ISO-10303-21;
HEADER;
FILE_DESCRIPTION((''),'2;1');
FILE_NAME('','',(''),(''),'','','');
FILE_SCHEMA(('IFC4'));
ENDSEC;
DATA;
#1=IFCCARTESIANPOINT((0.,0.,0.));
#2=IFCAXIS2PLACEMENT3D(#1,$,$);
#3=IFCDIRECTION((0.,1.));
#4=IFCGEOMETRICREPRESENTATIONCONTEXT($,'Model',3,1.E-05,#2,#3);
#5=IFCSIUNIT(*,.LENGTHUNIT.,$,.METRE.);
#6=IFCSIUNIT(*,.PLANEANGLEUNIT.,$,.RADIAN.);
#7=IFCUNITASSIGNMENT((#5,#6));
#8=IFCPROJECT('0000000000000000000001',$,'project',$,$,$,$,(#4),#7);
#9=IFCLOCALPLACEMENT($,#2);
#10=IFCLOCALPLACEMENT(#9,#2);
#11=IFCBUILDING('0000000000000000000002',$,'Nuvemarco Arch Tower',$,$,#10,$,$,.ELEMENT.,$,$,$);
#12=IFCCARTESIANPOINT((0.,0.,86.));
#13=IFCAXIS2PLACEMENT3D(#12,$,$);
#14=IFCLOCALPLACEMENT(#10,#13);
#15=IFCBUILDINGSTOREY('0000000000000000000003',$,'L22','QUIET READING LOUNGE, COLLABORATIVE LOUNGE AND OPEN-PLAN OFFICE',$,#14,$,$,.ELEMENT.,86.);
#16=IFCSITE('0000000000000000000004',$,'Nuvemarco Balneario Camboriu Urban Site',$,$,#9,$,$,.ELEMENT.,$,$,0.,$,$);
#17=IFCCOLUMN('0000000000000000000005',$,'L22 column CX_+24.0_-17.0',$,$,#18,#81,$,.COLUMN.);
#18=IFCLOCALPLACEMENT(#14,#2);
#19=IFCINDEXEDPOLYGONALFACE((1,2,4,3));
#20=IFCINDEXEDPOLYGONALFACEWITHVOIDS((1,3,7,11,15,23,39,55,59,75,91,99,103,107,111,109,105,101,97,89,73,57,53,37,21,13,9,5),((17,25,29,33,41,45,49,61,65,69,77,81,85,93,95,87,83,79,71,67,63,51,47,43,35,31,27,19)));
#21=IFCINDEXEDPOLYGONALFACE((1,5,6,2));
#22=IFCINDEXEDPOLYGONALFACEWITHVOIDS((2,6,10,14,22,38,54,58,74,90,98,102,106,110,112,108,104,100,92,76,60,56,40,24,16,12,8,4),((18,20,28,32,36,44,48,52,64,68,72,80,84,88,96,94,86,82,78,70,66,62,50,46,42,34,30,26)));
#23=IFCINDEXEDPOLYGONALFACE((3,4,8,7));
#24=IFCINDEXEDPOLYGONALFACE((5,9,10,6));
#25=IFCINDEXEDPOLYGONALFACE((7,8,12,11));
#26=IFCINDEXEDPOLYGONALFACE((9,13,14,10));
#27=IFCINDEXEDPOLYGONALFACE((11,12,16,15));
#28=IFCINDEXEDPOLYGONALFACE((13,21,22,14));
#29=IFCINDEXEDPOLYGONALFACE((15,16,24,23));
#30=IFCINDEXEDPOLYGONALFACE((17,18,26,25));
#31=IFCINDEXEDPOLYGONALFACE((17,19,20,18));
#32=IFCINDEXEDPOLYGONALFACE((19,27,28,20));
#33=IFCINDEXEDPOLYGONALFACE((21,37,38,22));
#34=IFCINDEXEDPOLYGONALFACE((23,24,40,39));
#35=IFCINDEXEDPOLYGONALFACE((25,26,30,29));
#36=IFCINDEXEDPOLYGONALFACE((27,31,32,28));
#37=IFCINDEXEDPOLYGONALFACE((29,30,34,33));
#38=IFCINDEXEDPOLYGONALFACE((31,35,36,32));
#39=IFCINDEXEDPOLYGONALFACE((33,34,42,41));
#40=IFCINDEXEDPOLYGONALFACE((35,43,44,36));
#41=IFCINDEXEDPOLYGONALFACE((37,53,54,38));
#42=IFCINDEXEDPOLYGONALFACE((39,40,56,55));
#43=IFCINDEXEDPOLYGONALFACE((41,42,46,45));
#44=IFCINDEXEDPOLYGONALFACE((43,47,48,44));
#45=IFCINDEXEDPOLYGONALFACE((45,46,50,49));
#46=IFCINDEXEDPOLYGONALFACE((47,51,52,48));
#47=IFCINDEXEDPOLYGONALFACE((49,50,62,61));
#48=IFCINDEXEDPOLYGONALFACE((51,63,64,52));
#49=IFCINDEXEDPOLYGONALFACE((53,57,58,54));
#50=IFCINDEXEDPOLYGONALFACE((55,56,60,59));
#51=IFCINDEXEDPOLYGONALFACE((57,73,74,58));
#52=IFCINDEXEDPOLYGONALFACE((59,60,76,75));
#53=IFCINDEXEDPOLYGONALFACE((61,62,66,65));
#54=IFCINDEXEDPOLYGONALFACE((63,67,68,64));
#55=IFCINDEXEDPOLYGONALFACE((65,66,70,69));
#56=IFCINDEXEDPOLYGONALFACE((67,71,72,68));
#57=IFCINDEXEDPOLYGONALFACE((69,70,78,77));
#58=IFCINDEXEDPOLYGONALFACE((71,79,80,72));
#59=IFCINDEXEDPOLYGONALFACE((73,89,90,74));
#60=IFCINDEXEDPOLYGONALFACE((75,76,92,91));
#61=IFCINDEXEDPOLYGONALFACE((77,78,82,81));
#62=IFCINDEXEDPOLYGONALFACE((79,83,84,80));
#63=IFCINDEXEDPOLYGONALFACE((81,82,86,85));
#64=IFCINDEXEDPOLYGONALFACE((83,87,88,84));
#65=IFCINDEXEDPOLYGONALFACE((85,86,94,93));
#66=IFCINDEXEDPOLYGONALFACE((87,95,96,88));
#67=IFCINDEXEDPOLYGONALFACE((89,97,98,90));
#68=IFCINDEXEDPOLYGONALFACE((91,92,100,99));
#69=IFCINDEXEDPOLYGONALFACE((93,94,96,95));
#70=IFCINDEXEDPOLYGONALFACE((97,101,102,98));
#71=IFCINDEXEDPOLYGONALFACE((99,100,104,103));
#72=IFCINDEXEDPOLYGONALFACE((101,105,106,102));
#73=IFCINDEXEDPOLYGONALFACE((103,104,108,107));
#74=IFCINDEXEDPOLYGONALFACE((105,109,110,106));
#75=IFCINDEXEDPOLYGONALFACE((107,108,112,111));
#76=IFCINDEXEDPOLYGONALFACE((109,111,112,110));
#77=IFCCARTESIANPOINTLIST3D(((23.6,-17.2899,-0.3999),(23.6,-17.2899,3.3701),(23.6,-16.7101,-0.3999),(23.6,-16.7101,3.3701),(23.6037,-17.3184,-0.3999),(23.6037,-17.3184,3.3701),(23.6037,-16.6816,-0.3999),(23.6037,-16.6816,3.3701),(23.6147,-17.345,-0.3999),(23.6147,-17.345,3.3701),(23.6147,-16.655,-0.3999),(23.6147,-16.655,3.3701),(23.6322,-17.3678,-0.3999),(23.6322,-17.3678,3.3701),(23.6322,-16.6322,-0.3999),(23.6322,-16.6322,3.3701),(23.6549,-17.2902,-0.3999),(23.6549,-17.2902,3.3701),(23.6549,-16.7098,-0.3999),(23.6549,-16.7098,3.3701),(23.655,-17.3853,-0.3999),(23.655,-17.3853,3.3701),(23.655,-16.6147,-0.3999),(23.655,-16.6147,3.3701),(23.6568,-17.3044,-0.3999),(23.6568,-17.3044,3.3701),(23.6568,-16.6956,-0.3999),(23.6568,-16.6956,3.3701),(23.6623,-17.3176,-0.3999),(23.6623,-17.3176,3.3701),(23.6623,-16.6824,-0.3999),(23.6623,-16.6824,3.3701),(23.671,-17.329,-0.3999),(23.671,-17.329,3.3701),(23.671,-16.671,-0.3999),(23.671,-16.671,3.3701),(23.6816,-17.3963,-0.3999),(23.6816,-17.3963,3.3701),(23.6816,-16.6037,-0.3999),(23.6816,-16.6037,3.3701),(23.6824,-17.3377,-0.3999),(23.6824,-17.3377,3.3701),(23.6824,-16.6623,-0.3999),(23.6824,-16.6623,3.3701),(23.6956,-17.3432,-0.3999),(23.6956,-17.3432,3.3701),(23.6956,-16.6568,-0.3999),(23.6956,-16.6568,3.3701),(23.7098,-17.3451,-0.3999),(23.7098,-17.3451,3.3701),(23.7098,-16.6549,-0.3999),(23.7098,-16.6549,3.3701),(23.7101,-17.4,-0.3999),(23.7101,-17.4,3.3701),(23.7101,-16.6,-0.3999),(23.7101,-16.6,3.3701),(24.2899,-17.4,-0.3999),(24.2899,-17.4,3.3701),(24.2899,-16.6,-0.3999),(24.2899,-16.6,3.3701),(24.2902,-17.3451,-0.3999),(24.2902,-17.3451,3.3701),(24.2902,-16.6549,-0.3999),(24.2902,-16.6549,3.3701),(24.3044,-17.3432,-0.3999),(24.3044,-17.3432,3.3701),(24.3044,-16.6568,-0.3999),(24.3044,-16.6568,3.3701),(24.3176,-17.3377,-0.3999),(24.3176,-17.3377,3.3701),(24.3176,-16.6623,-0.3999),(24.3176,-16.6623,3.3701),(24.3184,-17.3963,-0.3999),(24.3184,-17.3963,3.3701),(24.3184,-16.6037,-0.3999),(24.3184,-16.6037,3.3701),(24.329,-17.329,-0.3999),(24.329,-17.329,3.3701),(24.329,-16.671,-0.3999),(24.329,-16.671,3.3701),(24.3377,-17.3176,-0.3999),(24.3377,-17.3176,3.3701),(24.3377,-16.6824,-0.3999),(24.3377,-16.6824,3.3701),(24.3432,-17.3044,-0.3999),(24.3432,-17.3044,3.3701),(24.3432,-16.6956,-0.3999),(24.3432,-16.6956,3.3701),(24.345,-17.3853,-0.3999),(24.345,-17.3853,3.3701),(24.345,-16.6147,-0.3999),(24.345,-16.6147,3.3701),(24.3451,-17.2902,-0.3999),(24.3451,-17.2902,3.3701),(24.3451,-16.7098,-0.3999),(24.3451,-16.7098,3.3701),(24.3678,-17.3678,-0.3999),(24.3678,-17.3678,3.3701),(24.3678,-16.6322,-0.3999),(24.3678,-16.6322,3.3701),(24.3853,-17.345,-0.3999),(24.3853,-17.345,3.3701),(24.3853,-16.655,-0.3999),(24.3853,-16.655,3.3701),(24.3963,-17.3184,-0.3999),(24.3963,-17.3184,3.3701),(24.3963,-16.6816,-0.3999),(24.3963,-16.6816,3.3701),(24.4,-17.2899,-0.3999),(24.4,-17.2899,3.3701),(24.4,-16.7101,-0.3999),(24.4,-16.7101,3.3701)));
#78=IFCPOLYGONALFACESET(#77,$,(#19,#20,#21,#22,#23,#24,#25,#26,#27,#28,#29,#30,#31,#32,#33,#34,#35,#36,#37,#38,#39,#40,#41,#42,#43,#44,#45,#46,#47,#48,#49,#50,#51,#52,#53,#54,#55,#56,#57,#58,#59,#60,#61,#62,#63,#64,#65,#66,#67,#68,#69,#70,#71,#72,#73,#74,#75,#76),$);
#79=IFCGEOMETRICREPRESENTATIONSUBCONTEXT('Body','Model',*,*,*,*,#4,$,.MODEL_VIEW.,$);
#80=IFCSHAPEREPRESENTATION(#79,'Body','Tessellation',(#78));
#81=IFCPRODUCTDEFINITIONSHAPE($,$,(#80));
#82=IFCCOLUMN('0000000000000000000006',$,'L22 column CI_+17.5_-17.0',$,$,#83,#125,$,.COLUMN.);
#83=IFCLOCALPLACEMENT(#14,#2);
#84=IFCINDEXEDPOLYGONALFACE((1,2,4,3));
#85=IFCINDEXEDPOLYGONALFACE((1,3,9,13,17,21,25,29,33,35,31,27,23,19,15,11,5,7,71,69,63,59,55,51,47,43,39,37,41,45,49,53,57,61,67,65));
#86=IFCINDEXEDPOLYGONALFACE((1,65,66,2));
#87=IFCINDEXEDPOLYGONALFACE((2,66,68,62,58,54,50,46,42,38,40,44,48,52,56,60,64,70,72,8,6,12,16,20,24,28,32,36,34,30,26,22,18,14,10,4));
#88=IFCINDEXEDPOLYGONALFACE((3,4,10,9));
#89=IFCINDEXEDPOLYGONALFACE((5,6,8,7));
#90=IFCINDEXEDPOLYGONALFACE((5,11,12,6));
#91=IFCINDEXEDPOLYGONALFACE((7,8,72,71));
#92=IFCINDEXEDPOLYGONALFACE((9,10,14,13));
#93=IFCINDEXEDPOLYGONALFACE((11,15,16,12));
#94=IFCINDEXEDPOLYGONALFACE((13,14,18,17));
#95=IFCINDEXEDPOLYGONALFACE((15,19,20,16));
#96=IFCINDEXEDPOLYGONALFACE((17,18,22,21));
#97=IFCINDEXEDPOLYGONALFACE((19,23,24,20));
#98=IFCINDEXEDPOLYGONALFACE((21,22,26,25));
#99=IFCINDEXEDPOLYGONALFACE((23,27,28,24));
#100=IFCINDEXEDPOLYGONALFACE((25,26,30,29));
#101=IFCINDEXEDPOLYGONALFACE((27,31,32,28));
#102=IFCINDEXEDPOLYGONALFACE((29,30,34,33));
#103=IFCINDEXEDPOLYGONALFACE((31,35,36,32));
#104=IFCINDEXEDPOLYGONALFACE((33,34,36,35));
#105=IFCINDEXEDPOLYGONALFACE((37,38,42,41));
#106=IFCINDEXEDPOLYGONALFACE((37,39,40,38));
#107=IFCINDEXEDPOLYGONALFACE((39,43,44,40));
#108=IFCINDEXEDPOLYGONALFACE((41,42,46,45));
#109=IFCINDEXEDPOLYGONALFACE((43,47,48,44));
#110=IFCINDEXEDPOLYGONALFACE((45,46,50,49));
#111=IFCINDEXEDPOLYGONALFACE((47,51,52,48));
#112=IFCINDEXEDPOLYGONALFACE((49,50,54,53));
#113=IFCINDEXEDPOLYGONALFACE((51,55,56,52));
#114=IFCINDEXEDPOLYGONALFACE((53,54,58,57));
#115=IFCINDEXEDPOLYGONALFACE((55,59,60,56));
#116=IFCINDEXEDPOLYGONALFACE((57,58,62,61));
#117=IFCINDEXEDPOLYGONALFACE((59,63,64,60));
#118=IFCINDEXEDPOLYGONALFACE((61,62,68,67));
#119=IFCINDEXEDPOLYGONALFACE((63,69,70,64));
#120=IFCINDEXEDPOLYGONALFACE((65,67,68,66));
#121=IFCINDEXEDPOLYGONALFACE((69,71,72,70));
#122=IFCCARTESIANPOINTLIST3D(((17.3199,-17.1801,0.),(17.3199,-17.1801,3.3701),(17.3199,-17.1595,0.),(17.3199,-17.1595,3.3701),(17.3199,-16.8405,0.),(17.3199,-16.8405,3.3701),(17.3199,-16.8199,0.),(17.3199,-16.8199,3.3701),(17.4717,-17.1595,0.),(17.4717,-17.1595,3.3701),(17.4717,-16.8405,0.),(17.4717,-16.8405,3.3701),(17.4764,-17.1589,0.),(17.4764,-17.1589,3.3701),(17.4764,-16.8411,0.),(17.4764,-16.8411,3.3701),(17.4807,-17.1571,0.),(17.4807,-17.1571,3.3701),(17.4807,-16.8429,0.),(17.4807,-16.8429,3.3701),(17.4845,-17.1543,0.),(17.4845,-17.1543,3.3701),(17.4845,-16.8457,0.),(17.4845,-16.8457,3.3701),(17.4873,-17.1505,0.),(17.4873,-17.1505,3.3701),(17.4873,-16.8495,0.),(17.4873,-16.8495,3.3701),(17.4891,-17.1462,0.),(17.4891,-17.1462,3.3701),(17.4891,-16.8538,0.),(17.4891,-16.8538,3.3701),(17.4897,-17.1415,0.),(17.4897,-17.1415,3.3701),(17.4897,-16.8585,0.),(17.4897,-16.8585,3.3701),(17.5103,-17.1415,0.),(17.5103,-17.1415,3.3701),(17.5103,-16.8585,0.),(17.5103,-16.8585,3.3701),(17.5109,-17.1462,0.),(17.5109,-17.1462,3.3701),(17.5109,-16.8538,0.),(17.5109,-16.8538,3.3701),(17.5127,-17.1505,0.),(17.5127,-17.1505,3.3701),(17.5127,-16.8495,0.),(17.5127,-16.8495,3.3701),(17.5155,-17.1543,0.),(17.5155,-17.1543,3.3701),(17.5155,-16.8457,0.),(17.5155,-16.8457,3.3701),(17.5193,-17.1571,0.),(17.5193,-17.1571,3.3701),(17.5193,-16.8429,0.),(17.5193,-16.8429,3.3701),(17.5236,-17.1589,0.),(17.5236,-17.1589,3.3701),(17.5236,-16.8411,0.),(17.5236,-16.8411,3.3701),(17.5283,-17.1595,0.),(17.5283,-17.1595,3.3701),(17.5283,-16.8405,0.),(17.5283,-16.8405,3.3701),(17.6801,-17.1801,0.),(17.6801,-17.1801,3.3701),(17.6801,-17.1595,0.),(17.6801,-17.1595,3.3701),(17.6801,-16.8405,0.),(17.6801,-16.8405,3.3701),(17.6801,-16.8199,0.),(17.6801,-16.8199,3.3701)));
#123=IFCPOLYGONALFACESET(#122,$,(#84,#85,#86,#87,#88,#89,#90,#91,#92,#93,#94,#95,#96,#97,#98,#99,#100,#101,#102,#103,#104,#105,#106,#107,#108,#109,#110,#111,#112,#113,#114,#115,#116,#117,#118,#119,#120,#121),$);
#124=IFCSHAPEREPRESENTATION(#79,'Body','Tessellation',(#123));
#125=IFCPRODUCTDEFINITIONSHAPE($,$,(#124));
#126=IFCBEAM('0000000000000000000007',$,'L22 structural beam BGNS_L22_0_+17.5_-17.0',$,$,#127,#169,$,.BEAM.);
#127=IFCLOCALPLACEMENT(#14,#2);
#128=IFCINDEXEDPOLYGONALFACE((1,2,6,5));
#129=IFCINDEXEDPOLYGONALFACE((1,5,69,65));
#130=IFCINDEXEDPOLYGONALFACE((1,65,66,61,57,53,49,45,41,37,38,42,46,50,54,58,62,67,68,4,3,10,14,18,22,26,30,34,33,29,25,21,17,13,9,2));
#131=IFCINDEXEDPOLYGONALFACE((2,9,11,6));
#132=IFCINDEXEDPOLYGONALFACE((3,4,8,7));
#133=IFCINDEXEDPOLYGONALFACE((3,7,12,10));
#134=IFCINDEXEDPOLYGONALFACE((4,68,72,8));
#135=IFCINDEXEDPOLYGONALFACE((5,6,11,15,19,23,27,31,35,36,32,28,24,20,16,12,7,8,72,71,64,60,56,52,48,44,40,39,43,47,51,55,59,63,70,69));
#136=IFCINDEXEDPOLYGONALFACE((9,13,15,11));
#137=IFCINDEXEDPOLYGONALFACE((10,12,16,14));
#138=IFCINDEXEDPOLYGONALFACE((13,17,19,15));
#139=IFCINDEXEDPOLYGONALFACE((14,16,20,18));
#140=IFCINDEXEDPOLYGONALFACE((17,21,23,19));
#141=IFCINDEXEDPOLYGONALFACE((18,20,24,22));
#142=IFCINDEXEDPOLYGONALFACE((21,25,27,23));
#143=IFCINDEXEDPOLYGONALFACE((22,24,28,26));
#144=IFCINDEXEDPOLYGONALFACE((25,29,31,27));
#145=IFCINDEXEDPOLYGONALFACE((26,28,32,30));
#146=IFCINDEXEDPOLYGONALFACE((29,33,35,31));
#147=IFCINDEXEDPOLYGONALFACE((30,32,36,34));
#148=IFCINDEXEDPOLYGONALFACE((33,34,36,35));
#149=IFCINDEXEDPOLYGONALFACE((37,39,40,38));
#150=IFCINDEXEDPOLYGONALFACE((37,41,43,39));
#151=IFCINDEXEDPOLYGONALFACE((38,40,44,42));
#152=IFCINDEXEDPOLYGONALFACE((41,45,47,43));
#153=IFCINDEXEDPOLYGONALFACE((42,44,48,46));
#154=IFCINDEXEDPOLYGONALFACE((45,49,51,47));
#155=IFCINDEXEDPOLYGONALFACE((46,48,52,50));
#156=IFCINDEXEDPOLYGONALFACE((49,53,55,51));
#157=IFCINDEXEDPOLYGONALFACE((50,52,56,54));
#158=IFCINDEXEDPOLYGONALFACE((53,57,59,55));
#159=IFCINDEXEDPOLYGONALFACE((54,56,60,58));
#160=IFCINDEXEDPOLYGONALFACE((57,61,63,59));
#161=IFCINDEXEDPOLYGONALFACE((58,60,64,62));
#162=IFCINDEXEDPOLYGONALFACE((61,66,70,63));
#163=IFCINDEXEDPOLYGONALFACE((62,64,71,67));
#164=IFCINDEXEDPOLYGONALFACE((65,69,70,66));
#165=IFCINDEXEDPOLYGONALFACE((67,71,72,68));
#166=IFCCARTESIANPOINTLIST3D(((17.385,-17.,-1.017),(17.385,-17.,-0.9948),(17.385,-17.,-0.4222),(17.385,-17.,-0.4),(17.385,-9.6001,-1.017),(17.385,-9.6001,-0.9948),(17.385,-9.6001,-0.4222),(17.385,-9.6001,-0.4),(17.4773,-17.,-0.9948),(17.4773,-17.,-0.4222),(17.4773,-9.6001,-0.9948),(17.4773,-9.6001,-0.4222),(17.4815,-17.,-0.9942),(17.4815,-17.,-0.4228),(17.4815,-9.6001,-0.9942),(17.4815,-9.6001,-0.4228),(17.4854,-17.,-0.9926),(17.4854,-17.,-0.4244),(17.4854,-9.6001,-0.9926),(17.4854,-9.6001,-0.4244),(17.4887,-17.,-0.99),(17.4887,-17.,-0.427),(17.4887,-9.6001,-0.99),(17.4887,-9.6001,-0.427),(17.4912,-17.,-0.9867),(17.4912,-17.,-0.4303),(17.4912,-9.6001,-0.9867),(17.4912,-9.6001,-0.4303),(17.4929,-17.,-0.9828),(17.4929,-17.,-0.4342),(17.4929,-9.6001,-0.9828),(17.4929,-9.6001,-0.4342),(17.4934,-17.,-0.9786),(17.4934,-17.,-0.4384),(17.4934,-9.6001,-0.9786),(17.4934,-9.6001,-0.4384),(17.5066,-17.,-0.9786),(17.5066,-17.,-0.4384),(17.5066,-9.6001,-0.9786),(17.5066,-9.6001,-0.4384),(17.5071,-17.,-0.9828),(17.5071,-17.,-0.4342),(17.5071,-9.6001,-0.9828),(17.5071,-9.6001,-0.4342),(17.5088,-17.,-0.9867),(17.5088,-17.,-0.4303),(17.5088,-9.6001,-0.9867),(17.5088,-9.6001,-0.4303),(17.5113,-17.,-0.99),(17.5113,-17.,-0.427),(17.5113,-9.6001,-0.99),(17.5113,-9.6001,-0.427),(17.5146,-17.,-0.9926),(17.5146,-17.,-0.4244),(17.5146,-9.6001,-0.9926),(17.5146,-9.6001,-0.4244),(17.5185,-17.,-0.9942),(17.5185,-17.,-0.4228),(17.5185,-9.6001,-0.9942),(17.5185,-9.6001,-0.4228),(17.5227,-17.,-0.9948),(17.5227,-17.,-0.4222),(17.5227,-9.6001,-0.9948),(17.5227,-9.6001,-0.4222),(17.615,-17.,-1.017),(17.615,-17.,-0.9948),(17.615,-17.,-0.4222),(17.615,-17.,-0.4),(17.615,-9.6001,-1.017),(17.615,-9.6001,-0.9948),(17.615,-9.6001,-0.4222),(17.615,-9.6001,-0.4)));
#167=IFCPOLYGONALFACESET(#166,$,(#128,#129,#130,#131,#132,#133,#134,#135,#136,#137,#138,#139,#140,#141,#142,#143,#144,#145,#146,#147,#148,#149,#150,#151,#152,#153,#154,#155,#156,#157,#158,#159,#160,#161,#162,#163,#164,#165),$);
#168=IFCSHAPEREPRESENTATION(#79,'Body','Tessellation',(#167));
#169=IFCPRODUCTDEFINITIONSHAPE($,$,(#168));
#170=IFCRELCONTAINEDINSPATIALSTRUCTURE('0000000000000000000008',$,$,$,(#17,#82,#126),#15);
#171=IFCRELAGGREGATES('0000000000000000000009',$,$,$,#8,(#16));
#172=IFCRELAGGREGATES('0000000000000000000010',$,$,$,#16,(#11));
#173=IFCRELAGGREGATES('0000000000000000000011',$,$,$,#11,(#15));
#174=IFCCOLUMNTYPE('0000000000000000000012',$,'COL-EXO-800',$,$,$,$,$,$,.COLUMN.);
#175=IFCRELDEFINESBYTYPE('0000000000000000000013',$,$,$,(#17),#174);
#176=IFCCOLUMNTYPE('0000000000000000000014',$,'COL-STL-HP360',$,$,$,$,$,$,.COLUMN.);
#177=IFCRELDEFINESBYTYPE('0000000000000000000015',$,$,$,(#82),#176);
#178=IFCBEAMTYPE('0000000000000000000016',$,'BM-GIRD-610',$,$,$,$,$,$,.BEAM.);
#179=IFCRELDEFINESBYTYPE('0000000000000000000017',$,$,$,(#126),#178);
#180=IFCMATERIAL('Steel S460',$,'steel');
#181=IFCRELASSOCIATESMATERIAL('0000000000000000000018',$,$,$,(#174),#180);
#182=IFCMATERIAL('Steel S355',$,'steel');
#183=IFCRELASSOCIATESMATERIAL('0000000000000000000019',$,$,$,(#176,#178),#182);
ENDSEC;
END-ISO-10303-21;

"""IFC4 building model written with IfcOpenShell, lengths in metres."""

from ifc_helpers import new_model, si_unit, direction, frame, origin, origin_2d, place, context, subcontext, project, spatial, hollow_rectangle, i_section, extrude, material, material_profile, profile_set, type_object, element, save


model = new_model("IFC4")

# Units and contexts
model_context = context("Model", 3, precision=1e-05, world=origin(), true_north=direction((0.0, 1.0)))
body_context = subcontext(model_context, "Body", "Model", "MODEL_VIEW")
ifc_project = project(units=[si_unit("LENGTHUNIT", "METRE"), si_unit("PLANEANGLEUNIT", "RADIAN")], contexts=[model_context])

# Site, building, storey
site_placement = place(None, origin())
site = spatial("IfcSite", under=ifc_project, at=site_placement, Name="Nuvemarco Balneario Camboriu Urban Site", CompositionType="ELEMENT", RefElevation=0.0)
building_placement = place(site_placement, origin())
building = spatial("IfcBuilding", under=site, at=building_placement, Name="Nuvemarco Arch Tower", CompositionType="ELEMENT")
storey_placement = place(building_placement, frame((0.0, 0.0, 86.0)))
storey = spatial("IfcBuildingStorey", under=building, at=storey_placement, Name="L22", Description="QUIET READING LOUNGE, COLLABORATIVE LOUNGE AND OPEN-PLAN OFFICE", CompositionType="ELEMENT", Elevation=86.0)

# Columns
ifc_material_1 = material(Name="Steel S460", Category="steel")
ifc_material_profile_1 = material_profile(ifc_material_1, hollow_rectangle(XDim=0.8, YDim=0.8, WallThickness=0.0549, InnerFilletRadius=0.0549, OuterFilletRadius=0.1101, at=origin_2d()), Name="SHS800x800x55")
ifc_profile_set_1 = profile_set([ifc_material_profile_1], Name="Steel S460")
column_type_1 = type_object("IfcColumnType", Name="COL-EXO-800", PredefinedType="COLUMN", material=ifc_profile_set_1)
column_1_placement = place(storey_placement, frame((24.0, -17.0, -0.3999), z_axis=(0.0, 0.0, 1.0), x_axis=(1.0, 0.0, 0.0)))
element("IfcColumn", 1, at=column_1_placement, inside=storey, type_object=column_type_1, Name="L22 column CX_+24.0_-17.0", PredefinedType="COLUMN", context=body_context, shape_type="SweptSolid", body=[
    extrude(hollow_rectangle(XDim=0.8, YDim=0.8, WallThickness=0.0549, InnerFilletRadius=0.0549, OuterFilletRadius=0.1101, at=origin_2d()), origin(), (0.0, 0.0, 1.0), 3.77),
])
ifc_material_2 = material(Name="Steel S355", Category="steel")
ifc_material_profile_2 = material_profile(ifc_material_2, i_section(OverallWidth=0.3601, OverallDepth=0.3601, WebThickness=0.0205, FlangeThickness=0.0205, FilletRadius=0.0181, at=origin_2d()), Name="HP360x174")
ifc_profile_set_2 = profile_set([ifc_material_profile_2], Name="Steel S355")
column_type_2 = type_object("IfcColumnType", Name="COL-STL-HP360", PredefinedType="COLUMN", material=ifc_profile_set_2)
column_2_placement = place(storey_placement, frame((17.5, -17.0, 0.0), z_axis=(0.0, 0.0, 1.0), x_axis=(1.0, 0.0, 0.0)))
element("IfcColumn", 2, at=column_2_placement, inside=storey, type_object=column_type_2, Name="L22 column CI_+17.5_-17.0", PredefinedType="COLUMN", context=body_context, shape_type="SweptSolid", body=[
    extrude(i_section(OverallWidth=0.3601, OverallDepth=0.3601, WebThickness=0.0205, FlangeThickness=0.0205, FilletRadius=0.0181, at=origin_2d()), origin(), (0.0, 0.0, 1.0), 3.3701),
])

# Beam
ifc_material_profile_3 = material_profile(ifc_material_2, i_section(OverallWidth=0.23, OverallDepth=0.6169, WebThickness=0.0132, FlangeThickness=0.0222, FilletRadius=0.0161, at=origin_2d()), Name="W610x140")
ifc_profile_set_3 = profile_set([ifc_material_profile_3], Name="Steel S355")
beam_type_1 = type_object("IfcBeamType", Name="BM-GIRD-610", PredefinedType="BEAM", material=ifc_profile_set_3)
beam_1_placement = place(storey_placement, frame((17.5, -17.0, -0.7085), z_axis=(0.0, 1.0, 0.0), x_axis=(-1.0, 0.0, 0.0)))
element("IfcBeam", 3, at=beam_1_placement, inside=storey, type_object=beam_type_1, Name="L22 structural beam BGNS_L22_0_+17.5_-17.0", PredefinedType="BEAM", context=body_context, shape_type="SweptSolid", body=[
    extrude(i_section(OverallWidth=0.23, OverallDepth=0.6169, WebThickness=0.0132, FlangeThickness=0.0222, FilletRadius=0.0161, at=origin_2d()), origin(), (0.0, 0.0, 1.0), 7.3999),
])

save(model, "model.ifc")
